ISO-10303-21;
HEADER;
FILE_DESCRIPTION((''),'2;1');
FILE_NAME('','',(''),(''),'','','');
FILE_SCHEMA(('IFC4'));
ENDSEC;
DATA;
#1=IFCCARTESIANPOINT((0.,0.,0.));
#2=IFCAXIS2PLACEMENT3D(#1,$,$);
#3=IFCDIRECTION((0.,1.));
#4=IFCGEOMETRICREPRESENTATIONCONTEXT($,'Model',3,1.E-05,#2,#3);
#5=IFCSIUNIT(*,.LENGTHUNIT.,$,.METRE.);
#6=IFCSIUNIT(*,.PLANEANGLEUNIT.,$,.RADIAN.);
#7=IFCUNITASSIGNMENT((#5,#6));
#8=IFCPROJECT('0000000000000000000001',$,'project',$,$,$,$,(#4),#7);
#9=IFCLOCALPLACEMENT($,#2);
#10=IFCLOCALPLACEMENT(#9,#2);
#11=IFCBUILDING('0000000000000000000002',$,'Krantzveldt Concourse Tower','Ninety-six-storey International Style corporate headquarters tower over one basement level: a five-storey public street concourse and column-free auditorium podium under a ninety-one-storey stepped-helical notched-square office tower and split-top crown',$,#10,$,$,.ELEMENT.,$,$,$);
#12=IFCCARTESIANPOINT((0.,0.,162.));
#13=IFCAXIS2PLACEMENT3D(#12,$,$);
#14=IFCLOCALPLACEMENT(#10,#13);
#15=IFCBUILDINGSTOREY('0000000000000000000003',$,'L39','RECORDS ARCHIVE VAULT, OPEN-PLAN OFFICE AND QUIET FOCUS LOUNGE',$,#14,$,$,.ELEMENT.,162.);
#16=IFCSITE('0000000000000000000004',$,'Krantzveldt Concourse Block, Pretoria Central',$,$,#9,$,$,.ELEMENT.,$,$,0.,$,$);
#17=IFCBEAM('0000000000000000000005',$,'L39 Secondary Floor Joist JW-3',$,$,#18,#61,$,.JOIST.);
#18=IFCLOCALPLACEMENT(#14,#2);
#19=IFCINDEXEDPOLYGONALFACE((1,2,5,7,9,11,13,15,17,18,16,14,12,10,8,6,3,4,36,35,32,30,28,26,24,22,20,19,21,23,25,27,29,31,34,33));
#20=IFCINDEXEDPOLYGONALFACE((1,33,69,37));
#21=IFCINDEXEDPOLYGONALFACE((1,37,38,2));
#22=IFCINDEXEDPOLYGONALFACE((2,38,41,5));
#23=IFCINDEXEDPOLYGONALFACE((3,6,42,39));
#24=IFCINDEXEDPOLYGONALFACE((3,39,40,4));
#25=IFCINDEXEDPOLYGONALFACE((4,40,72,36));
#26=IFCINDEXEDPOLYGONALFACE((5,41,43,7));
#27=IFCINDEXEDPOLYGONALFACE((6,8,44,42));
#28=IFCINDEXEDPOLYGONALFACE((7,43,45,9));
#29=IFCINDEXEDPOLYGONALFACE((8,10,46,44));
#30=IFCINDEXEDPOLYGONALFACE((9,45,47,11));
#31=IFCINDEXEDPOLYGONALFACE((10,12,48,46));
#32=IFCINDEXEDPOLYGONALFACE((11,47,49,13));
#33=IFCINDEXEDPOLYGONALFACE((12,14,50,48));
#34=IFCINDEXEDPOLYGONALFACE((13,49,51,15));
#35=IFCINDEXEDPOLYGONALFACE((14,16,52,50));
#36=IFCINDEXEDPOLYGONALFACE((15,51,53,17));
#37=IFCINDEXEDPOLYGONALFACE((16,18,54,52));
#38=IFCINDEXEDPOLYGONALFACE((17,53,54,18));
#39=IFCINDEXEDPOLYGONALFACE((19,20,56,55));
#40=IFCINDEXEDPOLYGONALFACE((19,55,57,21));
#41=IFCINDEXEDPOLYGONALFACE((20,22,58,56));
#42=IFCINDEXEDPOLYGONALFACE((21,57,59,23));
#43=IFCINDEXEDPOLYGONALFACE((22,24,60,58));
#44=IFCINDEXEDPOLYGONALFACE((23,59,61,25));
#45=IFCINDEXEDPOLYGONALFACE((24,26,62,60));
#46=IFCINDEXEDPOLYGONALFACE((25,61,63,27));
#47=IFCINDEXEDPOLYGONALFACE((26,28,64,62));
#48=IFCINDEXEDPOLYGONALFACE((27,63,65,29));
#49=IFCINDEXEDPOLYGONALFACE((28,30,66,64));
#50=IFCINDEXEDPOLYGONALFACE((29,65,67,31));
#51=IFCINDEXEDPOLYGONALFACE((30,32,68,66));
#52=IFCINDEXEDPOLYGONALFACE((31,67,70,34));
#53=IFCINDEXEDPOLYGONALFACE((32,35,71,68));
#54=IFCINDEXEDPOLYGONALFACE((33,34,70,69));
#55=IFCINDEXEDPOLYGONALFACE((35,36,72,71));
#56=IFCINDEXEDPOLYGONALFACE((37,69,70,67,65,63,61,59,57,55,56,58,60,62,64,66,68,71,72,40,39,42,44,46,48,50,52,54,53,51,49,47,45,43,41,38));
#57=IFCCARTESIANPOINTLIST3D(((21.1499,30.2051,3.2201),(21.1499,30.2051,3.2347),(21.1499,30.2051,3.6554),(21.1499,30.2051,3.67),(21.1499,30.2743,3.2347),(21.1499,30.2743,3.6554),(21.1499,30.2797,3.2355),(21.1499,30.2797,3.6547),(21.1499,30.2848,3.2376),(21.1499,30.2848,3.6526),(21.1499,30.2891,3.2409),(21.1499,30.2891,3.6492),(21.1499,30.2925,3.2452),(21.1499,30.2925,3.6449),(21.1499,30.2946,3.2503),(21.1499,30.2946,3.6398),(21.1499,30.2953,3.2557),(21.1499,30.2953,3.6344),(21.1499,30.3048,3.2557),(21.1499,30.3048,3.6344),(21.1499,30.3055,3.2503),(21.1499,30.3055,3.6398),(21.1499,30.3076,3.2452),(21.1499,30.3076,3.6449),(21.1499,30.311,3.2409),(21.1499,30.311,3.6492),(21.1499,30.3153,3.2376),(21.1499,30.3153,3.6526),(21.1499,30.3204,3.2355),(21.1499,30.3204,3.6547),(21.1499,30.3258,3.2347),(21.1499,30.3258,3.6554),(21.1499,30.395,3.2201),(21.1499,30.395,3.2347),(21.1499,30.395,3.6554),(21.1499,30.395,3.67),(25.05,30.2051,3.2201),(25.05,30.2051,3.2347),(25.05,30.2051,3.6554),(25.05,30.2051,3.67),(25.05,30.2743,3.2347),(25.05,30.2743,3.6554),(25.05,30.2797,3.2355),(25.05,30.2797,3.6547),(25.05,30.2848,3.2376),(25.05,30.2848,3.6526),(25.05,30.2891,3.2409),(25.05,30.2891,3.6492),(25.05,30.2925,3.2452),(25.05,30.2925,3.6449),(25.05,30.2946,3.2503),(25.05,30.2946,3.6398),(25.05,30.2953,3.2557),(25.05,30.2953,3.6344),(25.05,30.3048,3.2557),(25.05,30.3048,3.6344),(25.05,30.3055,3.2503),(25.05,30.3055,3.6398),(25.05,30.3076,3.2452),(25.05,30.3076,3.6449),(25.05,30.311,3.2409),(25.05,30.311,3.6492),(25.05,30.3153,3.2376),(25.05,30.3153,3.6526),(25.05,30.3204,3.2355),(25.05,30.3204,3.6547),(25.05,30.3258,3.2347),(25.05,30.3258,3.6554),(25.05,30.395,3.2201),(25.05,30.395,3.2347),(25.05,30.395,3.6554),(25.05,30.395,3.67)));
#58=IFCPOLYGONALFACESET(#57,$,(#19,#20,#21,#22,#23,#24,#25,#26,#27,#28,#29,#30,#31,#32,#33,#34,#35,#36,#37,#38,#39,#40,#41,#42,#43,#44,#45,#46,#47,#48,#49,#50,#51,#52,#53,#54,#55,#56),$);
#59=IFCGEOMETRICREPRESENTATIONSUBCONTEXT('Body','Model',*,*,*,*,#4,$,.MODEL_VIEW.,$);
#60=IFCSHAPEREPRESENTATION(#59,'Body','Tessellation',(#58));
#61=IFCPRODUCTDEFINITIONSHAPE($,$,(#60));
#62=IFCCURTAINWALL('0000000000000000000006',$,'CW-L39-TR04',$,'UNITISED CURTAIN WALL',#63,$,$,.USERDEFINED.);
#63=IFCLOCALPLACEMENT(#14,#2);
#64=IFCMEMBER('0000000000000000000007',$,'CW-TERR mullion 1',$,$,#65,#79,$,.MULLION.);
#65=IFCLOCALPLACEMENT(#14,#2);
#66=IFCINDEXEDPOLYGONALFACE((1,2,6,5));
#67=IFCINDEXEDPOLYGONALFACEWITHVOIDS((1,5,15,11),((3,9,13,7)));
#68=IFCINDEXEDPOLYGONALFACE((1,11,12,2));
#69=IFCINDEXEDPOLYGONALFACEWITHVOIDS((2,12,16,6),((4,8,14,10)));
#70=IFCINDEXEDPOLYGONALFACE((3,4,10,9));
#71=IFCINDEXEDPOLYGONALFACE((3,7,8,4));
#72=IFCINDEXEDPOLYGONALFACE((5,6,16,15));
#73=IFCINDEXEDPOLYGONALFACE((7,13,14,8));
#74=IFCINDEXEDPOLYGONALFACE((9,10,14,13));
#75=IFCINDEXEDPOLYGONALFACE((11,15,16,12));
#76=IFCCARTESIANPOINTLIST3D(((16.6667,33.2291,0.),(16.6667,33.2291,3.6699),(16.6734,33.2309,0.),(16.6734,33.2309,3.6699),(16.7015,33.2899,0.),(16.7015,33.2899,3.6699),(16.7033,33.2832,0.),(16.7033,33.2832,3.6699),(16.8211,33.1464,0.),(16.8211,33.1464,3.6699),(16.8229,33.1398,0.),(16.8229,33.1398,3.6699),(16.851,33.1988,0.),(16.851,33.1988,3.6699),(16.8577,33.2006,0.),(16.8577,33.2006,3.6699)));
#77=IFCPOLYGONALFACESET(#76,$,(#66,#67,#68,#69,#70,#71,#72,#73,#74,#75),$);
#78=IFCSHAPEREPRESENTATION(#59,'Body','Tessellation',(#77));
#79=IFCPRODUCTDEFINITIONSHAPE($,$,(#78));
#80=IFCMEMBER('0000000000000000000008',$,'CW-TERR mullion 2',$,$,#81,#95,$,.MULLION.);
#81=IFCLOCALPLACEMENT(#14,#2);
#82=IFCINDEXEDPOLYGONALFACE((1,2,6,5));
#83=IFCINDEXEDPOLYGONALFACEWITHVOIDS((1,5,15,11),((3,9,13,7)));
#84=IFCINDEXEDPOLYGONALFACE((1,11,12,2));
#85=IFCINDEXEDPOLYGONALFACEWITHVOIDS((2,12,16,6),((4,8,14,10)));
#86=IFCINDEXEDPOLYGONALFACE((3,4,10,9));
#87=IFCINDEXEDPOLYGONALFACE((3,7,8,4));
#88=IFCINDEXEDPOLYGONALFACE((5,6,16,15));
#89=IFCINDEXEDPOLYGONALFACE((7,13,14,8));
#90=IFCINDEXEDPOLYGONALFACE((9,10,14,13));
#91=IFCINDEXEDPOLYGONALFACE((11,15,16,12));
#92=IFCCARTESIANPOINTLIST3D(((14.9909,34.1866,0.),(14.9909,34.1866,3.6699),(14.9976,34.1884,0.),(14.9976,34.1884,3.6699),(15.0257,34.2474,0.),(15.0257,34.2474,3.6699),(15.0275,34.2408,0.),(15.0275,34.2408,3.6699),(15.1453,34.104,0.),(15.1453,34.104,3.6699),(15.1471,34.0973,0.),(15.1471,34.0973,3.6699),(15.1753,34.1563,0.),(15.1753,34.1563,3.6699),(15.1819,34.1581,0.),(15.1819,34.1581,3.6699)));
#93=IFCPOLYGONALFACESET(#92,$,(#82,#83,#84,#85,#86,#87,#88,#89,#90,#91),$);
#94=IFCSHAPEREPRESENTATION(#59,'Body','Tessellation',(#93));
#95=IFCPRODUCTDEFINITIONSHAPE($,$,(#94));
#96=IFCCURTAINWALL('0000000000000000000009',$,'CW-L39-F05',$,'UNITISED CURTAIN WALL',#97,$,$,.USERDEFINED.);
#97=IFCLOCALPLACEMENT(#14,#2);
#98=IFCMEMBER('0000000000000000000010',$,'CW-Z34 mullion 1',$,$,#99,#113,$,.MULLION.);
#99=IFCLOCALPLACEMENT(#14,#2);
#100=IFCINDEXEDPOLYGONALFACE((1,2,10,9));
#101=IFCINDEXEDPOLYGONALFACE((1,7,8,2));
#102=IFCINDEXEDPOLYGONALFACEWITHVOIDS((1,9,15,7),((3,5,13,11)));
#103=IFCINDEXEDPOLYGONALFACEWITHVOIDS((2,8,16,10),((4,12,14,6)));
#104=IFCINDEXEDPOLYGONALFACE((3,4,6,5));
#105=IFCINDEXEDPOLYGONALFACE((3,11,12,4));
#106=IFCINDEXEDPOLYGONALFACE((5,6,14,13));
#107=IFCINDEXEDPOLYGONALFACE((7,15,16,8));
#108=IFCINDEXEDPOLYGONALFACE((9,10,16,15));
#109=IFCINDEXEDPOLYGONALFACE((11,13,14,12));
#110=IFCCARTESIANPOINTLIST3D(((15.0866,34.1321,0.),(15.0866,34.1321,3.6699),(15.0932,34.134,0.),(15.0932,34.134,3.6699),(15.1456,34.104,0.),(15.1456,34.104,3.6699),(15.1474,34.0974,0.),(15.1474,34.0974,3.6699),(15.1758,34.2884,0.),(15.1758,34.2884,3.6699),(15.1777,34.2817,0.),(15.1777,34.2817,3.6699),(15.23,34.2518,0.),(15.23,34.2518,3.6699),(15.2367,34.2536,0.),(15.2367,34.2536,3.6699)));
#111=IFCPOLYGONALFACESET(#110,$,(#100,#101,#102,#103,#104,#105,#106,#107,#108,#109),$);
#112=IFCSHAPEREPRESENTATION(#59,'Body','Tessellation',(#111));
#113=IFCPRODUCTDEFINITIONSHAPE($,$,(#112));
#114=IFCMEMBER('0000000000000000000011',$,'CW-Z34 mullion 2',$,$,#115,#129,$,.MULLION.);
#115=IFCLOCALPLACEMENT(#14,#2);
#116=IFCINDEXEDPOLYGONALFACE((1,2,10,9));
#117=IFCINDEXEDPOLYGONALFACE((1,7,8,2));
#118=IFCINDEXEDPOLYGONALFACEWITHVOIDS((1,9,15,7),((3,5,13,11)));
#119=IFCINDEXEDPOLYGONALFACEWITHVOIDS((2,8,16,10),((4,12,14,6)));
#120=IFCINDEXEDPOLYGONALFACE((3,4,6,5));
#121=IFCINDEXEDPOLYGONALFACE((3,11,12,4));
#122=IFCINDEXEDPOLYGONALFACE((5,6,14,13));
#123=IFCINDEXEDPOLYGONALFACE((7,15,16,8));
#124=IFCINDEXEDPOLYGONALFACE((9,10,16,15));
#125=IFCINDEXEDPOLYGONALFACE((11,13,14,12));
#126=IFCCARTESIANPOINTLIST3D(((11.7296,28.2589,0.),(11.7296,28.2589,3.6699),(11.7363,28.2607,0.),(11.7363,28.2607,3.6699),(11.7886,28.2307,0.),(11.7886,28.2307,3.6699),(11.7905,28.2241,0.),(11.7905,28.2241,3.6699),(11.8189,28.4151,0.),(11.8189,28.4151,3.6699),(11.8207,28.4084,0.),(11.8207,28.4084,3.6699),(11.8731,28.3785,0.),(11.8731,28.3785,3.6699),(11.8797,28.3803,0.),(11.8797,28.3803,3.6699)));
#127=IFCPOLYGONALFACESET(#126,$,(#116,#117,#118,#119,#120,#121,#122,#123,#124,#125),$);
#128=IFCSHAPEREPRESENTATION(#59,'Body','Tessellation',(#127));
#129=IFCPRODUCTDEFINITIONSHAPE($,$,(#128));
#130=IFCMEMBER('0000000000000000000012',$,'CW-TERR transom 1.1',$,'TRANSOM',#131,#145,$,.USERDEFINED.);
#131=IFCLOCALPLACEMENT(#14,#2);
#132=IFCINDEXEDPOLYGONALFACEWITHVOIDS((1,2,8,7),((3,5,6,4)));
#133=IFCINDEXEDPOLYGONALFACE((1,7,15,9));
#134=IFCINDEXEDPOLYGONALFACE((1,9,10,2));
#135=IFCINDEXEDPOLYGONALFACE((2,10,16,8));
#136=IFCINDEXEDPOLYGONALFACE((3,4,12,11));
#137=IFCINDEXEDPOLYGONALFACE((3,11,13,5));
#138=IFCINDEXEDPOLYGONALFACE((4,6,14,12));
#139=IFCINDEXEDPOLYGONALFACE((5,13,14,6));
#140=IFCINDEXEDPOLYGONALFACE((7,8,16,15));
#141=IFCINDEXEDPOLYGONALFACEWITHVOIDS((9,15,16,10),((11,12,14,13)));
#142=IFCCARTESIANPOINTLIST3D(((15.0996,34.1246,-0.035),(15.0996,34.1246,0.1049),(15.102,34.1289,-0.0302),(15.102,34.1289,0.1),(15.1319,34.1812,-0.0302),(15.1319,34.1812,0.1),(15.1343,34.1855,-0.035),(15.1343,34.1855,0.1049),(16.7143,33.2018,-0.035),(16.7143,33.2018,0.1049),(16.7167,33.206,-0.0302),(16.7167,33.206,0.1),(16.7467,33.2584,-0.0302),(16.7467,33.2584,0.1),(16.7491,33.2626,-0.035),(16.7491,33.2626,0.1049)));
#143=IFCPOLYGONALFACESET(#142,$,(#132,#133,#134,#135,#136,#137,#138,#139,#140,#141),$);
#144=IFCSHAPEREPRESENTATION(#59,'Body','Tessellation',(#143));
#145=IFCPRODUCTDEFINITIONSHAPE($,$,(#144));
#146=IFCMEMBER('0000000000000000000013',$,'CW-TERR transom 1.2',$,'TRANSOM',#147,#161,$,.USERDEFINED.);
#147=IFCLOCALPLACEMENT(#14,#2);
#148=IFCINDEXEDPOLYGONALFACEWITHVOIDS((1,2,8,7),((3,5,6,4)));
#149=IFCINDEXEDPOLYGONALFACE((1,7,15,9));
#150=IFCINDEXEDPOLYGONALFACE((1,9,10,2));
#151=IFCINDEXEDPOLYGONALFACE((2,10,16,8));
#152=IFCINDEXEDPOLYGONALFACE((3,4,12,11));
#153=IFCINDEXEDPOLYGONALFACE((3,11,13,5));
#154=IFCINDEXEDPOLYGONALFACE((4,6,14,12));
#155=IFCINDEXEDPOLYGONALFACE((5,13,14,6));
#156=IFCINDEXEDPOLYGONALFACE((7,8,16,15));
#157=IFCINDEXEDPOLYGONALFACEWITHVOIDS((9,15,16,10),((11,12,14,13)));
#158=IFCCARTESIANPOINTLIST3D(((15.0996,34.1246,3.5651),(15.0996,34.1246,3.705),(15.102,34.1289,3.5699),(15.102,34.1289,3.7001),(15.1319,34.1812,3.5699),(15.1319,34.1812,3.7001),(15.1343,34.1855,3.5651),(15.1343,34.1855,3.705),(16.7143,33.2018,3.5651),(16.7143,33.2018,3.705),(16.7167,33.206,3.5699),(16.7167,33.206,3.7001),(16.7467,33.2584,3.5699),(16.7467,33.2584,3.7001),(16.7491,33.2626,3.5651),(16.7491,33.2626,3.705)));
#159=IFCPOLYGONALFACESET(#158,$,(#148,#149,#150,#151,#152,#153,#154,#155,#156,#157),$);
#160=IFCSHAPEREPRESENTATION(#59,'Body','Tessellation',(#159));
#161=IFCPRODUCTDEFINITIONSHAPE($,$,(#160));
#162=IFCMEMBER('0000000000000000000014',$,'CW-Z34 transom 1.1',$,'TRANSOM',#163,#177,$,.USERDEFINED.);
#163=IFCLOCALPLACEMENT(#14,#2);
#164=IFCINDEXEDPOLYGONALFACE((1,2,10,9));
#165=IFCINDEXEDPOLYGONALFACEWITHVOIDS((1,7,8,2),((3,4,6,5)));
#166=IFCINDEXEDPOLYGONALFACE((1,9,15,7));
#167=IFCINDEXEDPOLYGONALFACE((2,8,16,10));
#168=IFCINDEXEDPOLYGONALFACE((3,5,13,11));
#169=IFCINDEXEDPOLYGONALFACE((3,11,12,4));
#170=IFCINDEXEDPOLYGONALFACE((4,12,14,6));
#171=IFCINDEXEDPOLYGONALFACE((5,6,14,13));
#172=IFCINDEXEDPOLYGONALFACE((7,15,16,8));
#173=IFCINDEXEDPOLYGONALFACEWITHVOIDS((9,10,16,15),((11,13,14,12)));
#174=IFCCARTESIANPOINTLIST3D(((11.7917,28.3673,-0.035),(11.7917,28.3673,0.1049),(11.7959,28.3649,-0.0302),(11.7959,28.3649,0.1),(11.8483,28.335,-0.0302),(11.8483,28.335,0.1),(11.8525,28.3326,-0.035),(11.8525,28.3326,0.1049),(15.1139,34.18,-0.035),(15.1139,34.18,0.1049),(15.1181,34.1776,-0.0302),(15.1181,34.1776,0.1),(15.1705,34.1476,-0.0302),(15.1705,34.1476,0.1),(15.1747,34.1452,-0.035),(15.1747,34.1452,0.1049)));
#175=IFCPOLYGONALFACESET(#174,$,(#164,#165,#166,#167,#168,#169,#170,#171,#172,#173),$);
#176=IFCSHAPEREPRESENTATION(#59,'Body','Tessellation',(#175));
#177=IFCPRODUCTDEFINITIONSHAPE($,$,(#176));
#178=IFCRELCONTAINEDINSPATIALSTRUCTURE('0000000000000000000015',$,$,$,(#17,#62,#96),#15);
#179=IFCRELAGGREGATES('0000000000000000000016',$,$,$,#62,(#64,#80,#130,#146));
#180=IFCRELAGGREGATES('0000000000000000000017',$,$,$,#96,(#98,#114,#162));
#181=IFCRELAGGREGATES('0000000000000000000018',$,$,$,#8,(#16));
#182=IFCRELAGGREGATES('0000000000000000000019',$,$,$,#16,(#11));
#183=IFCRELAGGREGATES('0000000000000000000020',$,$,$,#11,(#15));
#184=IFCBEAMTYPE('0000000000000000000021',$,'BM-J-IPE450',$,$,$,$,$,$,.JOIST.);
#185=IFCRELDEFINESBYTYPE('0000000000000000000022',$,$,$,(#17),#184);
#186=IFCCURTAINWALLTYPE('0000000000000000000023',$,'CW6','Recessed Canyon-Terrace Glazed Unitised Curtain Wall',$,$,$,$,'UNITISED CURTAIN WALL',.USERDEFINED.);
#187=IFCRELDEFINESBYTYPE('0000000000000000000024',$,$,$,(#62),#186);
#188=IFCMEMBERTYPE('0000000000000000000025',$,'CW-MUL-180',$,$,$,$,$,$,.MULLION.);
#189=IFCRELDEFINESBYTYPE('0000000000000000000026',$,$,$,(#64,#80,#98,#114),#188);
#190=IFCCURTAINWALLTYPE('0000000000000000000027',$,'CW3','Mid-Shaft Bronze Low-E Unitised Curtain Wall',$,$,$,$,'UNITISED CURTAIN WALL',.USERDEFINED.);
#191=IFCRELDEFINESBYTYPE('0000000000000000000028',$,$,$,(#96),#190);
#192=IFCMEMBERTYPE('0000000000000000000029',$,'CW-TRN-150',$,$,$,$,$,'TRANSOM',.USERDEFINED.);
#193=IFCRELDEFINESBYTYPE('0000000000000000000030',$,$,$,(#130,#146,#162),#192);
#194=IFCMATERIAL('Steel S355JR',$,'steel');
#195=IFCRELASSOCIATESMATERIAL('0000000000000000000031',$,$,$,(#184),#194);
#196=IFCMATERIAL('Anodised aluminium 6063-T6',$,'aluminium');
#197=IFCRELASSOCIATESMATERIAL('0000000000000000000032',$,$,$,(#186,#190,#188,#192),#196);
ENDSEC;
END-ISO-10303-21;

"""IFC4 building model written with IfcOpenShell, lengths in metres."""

from ifc_helpers import new_model, si_unit, direction, frame, origin, origin_2d, place, context, subcontext, project, spatial, hollow_rectangle, i_section, extrude, source, transform, mapped, material, material_profile, profile_set, type_object, type_shapes, element, aggregate, save


model = new_model("IFC4")

# Units and contexts
model_context = context("Model", 3, precision=1e-05, world=origin(), true_north=direction((0.0, 1.0)))
body_context = subcontext(model_context, "Body", "Model", "MODEL_VIEW")
ifc_project = project(units=[si_unit("LENGTHUNIT", "METRE"), si_unit("PLANEANGLEUNIT", "RADIAN")], contexts=[model_context])

# Site, building, storey
site_placement = place(None, origin())
site = spatial("IfcSite", under=ifc_project, at=site_placement, Name="Krantzveldt Concourse Block, Pretoria Central", CompositionType="ELEMENT", RefElevation=0.0)
building_placement = place(site_placement, origin())
building = spatial("IfcBuilding", under=site, at=building_placement, Name="Krantzveldt Concourse Tower", Description="Ninety-six-storey International Style corporate headquarters tower over one basement level: a five-storey public street concourse and column-free auditorium podium under a ninety-one-storey stepped-helical notched-square office tower and split-top crown", CompositionType="ELEMENT")
storey_placement = place(building_placement, frame((0.0, 0.0, 162.0)))
storey = spatial("IfcBuildingStorey", under=building, at=storey_placement, Name="L39", Description="RECORDS ARCHIVE VAULT, OPEN-PLAN OFFICE AND QUIET FOCUS LOUNGE", CompositionType="ELEMENT", Elevation=162.0)

# Beam
ifc_material_1 = material(Name="Steel S355JR", Category="steel")
ifc_material_profile_1 = material_profile(ifc_material_1, i_section(OverallWidth=0.1899, OverallDepth=0.45, WebThickness=0.0095, FlangeThickness=0.0146, FilletRadius=0.021, at=origin_2d()), Name="Steel S355JR", Category="steel")
ifc_profile_set_1 = profile_set([ifc_material_profile_1], Name="Steel S355JR - IPE 450")
beam_type = type_object("IfcBeamType", Name="BM-J-IPE450", PredefinedType="JOIST", material=ifc_profile_set_1)
shared_shape_1 = source(origin(), body_context, "Body", "SweptSolid", [
    extrude(i_section(OverallWidth=0.1899, OverallDepth=0.45, WebThickness=0.0095, FlangeThickness=0.0146, FilletRadius=0.021, at=origin_2d()), origin(), (0.0, 0.0, 1.0), 3.9001),
])
type_shapes(beam_type, [shared_shape_1])
beam_placement = place(storey_placement, frame((21.1499, 30.3, 3.4451), z_axis=(1.0, 0.0, 0.0), x_axis=(0.0, 1.0, 0.0)))
element("IfcBeam", 1, at=beam_placement, inside=storey, type_object=beam_type, Name="L39 Secondary Floor Joist JW-3", PredefinedType="JOIST", context=body_context, shape_type="MappedRepresentation", body=[
    mapped(shared_shape_1, transform((0.0, 0.0, 0.0), x_axis=(1.0, 0.0, 0.0), y_axis=(0.0, 1.0, 0.0), z_axis=(0.0, 0.0, 1.0), scale=1.0)),
])

# Curtain walls, members
ifc_material_2 = material(Name="Anodised aluminium 6063-T6", Category="aluminium")
curtain_wall_type_1 = type_object("IfcCurtainWallType", Name="CW6", Description="Recessed Canyon-Terrace Glazed Unitised Curtain Wall", ElementType="UNITISED CURTAIN WALL", PredefinedType="USERDEFINED", material=ifc_material_2)
curtain_wall_1_placement = place(storey_placement, origin())
curtain_wall_1 = element("IfcCurtainWall", 2, at=curtain_wall_1_placement, inside=storey, type_object=curtain_wall_type_1, Name="CW-L39-TR04", ObjectType="UNITISED CURTAIN WALL", PredefinedType="USERDEFINED")
ifc_material_profile_2 = material_profile(ifc_material_2, hollow_rectangle(XDim=0.0701, YDim=0.1799, WallThickness=0.0049, at=origin_2d()), Name="Anodised aluminium 6063-T6", Category="aluminium")
ifc_profile_set_2 = profile_set([ifc_material_profile_2], Name="Anodised aluminium 6063-T6 - ALU-MULL 180x70x5")
member_type_1 = type_object("IfcMemberType", Name="CW-MUL-180", PredefinedType="MULLION", material=ifc_profile_set_2)
shared_shape_2 = source(origin(), body_context, "Body", "SweptSolid", [
    extrude(hollow_rectangle(XDim=0.0701, YDim=0.1799, WallThickness=0.0049, at=origin_2d()), origin(), (0.0, 0.0, 1.0), 3.6699),
])
type_shapes(member_type_1, [shared_shape_2])
member_1_placement = place(storey_placement, frame((16.7622, 33.2148, 0.0), z_axis=(0.0, 0.0, 1.0), x_axis=(-0.496219, -0.868198, 0.0)))
member_1 = element("IfcMember", 3, at=member_1_placement, type_object=member_type_1, Name="CW-TERR mullion 1", PredefinedType="MULLION", context=body_context, shape_type="MappedRepresentation", body=[
    mapped(shared_shape_2, transform((0.0, 0.0, 0.0), x_axis=(1.0, 0.0, 0.0), y_axis=(0.0, 1.0, 0.0), z_axis=(0.0, 0.0, 1.0), scale=1.0)),
])
member_2_placement = place(storey_placement, frame((15.0864, 34.1724, 0.0), z_axis=(0.0, 0.0, 1.0), x_axis=(-0.496219, -0.868198, 0.0)))
member_2 = element("IfcMember", 4, at=member_2_placement, type_object=member_type_1, Name="CW-TERR mullion 2", PredefinedType="MULLION", context=body_context, shape_type="MappedRepresentation", body=[
    mapped(shared_shape_2, transform((0.0, 0.0, 0.0), x_axis=(1.0, 0.0, 0.0), y_axis=(0.0, 1.0, 0.0), z_axis=(0.0, 0.0, 1.0), scale=1.0)),
])
curtain_wall_type_2 = type_object("IfcCurtainWallType", Name="CW3", Description="Mid-Shaft Bronze Low-E Unitised Curtain Wall", ElementType="UNITISED CURTAIN WALL", PredefinedType="USERDEFINED", material=ifc_material_2)
curtain_wall_2_placement = place(storey_placement, origin())
curtain_wall_2 = element("IfcCurtainWall", 5, at=curtain_wall_2_placement, inside=storey, type_object=curtain_wall_type_2, Name="CW-L39-F05", ObjectType="UNITISED CURTAIN WALL", PredefinedType="USERDEFINED")
member_3_placement = place(storey_placement, frame((15.1616, 34.1929, 0.0), z_axis=(0.0, 0.0, 1.0), x_axis=(0.868199, -0.496216, 0.0)))
member_3 = element("IfcMember", 6, at=member_3_placement, type_object=member_type_1, Name="CW-Z34 mullion 1", PredefinedType="MULLION", context=body_context, shape_type="MappedRepresentation", body=[
    mapped(shared_shape_2, transform((0.0, 0.0, 0.0), x_axis=(1.0, 0.0, 0.0), y_axis=(0.0, 1.0, 0.0), z_axis=(0.0, 0.0, 1.0), scale=1.0)),
])
member_4_placement = place(storey_placement, frame((11.8047, 28.3196, 0.0), z_axis=(0.0, 0.0, 1.0), x_axis=(0.868199, -0.496216, 0.0)))
member_4 = element("IfcMember", 7, at=member_4_placement, type_object=member_type_1, Name="CW-Z34 mullion 2", PredefinedType="MULLION", context=body_context, shape_type="MappedRepresentation", body=[
    mapped(shared_shape_2, transform((0.0, 0.0, 0.0), x_axis=(1.0, 0.0, 0.0), y_axis=(0.0, 1.0, 0.0), z_axis=(0.0, 0.0, 1.0), scale=1.0)),
])

# Members
ifc_material_profile_3 = material_profile(ifc_material_2, hollow_rectangle(XDim=0.0701, YDim=0.1399, WallThickness=0.0049, at=origin_2d()), Name="Anodised aluminium 6063-T6", Category="aluminium")
ifc_profile_set_3 = profile_set([ifc_material_profile_3], Name="Anodised aluminium 6063-T6 - ALU-TRAN 140x70x5")
member_type_2 = type_object("IfcMemberType", Name="CW-TRN-150", ElementType="TRANSOM", PredefinedType="USERDEFINED", material=ifc_profile_set_3)
shared_shape_3 = source(origin(), body_context, "Body", "SweptSolid", [
    extrude(hollow_rectangle(XDim=0.0701, YDim=0.1399, WallThickness=0.0049, at=origin_2d()), origin(), (0.0, 0.0, 1.0), 1.8599),
])
member_5_placement = place(storey_placement, frame((16.7317, 33.2322, 0.0349), z_axis=(-0.868211, 0.496195, 0.0), x_axis=(-0.496195, -0.868211, 0.0)))
member_5 = element("IfcMember", 8, at=member_5_placement, type_object=member_type_2, Name="CW-TERR transom 1.1", ObjectType="TRANSOM", PredefinedType="USERDEFINED", context=body_context, shape_type="MappedRepresentation", body=[
    mapped(shared_shape_3, transform((0.0, 0.0, 0.0), x_axis=(1.0, 0.0, 0.0), y_axis=(0.0, 1.0, 0.0), z_axis=(0.0, 0.0, 1.0), scale=1.0)),
])
member_6_placement = place(storey_placement, frame((16.7317, 33.2322, 3.635), z_axis=(-0.868211, 0.496195, 0.0), x_axis=(-0.496195, -0.868211, 0.0)))
member_6 = element("IfcMember", 9, at=member_6_placement, type_object=member_type_2, Name="CW-TERR transom 1.2", ObjectType="TRANSOM", PredefinedType="USERDEFINED", context=body_context, shape_type="MappedRepresentation", body=[
    mapped(shared_shape_3, transform((0.0, 0.0, 0.0), x_axis=(1.0, 0.0, 0.0), y_axis=(0.0, 1.0, 0.0), z_axis=(0.0, 0.0, 1.0), scale=1.0)),
])
shared_shape_4 = source(origin(), body_context, "Body", "SweptSolid", [
    extrude(hollow_rectangle(XDim=0.0701, YDim=0.1399, WallThickness=0.0049, at=origin_2d()), origin(), (0.0, 0.0, 1.0), 6.6951),
])
type_shapes(member_type_2, [shared_shape_3, shared_shape_4])
member_7_placement = place(storey_placement, frame((15.1443, 34.1626, 0.0349), z_axis=(-0.496217, -0.868198, 0.0), x_axis=(0.868198, -0.496217, 0.0)))
member_7 = element("IfcMember", 10, at=member_7_placement, type_object=member_type_2, Name="CW-Z34 transom 1.1", ObjectType="TRANSOM", PredefinedType="USERDEFINED", context=body_context, shape_type="MappedRepresentation", body=[
    mapped(shared_shape_4, transform((0.0, 0.0, 0.0), x_axis=(1.0, 0.0, 0.0), y_axis=(0.0, 1.0, 0.0), z_axis=(0.0, 0.0, 1.0), scale=1.0)),
])

aggregate(curtain_wall_1, [member_1, member_2, member_5, member_6])
aggregate(curtain_wall_2, [member_3, member_4, member_7])

save(model, "model.ifc")
